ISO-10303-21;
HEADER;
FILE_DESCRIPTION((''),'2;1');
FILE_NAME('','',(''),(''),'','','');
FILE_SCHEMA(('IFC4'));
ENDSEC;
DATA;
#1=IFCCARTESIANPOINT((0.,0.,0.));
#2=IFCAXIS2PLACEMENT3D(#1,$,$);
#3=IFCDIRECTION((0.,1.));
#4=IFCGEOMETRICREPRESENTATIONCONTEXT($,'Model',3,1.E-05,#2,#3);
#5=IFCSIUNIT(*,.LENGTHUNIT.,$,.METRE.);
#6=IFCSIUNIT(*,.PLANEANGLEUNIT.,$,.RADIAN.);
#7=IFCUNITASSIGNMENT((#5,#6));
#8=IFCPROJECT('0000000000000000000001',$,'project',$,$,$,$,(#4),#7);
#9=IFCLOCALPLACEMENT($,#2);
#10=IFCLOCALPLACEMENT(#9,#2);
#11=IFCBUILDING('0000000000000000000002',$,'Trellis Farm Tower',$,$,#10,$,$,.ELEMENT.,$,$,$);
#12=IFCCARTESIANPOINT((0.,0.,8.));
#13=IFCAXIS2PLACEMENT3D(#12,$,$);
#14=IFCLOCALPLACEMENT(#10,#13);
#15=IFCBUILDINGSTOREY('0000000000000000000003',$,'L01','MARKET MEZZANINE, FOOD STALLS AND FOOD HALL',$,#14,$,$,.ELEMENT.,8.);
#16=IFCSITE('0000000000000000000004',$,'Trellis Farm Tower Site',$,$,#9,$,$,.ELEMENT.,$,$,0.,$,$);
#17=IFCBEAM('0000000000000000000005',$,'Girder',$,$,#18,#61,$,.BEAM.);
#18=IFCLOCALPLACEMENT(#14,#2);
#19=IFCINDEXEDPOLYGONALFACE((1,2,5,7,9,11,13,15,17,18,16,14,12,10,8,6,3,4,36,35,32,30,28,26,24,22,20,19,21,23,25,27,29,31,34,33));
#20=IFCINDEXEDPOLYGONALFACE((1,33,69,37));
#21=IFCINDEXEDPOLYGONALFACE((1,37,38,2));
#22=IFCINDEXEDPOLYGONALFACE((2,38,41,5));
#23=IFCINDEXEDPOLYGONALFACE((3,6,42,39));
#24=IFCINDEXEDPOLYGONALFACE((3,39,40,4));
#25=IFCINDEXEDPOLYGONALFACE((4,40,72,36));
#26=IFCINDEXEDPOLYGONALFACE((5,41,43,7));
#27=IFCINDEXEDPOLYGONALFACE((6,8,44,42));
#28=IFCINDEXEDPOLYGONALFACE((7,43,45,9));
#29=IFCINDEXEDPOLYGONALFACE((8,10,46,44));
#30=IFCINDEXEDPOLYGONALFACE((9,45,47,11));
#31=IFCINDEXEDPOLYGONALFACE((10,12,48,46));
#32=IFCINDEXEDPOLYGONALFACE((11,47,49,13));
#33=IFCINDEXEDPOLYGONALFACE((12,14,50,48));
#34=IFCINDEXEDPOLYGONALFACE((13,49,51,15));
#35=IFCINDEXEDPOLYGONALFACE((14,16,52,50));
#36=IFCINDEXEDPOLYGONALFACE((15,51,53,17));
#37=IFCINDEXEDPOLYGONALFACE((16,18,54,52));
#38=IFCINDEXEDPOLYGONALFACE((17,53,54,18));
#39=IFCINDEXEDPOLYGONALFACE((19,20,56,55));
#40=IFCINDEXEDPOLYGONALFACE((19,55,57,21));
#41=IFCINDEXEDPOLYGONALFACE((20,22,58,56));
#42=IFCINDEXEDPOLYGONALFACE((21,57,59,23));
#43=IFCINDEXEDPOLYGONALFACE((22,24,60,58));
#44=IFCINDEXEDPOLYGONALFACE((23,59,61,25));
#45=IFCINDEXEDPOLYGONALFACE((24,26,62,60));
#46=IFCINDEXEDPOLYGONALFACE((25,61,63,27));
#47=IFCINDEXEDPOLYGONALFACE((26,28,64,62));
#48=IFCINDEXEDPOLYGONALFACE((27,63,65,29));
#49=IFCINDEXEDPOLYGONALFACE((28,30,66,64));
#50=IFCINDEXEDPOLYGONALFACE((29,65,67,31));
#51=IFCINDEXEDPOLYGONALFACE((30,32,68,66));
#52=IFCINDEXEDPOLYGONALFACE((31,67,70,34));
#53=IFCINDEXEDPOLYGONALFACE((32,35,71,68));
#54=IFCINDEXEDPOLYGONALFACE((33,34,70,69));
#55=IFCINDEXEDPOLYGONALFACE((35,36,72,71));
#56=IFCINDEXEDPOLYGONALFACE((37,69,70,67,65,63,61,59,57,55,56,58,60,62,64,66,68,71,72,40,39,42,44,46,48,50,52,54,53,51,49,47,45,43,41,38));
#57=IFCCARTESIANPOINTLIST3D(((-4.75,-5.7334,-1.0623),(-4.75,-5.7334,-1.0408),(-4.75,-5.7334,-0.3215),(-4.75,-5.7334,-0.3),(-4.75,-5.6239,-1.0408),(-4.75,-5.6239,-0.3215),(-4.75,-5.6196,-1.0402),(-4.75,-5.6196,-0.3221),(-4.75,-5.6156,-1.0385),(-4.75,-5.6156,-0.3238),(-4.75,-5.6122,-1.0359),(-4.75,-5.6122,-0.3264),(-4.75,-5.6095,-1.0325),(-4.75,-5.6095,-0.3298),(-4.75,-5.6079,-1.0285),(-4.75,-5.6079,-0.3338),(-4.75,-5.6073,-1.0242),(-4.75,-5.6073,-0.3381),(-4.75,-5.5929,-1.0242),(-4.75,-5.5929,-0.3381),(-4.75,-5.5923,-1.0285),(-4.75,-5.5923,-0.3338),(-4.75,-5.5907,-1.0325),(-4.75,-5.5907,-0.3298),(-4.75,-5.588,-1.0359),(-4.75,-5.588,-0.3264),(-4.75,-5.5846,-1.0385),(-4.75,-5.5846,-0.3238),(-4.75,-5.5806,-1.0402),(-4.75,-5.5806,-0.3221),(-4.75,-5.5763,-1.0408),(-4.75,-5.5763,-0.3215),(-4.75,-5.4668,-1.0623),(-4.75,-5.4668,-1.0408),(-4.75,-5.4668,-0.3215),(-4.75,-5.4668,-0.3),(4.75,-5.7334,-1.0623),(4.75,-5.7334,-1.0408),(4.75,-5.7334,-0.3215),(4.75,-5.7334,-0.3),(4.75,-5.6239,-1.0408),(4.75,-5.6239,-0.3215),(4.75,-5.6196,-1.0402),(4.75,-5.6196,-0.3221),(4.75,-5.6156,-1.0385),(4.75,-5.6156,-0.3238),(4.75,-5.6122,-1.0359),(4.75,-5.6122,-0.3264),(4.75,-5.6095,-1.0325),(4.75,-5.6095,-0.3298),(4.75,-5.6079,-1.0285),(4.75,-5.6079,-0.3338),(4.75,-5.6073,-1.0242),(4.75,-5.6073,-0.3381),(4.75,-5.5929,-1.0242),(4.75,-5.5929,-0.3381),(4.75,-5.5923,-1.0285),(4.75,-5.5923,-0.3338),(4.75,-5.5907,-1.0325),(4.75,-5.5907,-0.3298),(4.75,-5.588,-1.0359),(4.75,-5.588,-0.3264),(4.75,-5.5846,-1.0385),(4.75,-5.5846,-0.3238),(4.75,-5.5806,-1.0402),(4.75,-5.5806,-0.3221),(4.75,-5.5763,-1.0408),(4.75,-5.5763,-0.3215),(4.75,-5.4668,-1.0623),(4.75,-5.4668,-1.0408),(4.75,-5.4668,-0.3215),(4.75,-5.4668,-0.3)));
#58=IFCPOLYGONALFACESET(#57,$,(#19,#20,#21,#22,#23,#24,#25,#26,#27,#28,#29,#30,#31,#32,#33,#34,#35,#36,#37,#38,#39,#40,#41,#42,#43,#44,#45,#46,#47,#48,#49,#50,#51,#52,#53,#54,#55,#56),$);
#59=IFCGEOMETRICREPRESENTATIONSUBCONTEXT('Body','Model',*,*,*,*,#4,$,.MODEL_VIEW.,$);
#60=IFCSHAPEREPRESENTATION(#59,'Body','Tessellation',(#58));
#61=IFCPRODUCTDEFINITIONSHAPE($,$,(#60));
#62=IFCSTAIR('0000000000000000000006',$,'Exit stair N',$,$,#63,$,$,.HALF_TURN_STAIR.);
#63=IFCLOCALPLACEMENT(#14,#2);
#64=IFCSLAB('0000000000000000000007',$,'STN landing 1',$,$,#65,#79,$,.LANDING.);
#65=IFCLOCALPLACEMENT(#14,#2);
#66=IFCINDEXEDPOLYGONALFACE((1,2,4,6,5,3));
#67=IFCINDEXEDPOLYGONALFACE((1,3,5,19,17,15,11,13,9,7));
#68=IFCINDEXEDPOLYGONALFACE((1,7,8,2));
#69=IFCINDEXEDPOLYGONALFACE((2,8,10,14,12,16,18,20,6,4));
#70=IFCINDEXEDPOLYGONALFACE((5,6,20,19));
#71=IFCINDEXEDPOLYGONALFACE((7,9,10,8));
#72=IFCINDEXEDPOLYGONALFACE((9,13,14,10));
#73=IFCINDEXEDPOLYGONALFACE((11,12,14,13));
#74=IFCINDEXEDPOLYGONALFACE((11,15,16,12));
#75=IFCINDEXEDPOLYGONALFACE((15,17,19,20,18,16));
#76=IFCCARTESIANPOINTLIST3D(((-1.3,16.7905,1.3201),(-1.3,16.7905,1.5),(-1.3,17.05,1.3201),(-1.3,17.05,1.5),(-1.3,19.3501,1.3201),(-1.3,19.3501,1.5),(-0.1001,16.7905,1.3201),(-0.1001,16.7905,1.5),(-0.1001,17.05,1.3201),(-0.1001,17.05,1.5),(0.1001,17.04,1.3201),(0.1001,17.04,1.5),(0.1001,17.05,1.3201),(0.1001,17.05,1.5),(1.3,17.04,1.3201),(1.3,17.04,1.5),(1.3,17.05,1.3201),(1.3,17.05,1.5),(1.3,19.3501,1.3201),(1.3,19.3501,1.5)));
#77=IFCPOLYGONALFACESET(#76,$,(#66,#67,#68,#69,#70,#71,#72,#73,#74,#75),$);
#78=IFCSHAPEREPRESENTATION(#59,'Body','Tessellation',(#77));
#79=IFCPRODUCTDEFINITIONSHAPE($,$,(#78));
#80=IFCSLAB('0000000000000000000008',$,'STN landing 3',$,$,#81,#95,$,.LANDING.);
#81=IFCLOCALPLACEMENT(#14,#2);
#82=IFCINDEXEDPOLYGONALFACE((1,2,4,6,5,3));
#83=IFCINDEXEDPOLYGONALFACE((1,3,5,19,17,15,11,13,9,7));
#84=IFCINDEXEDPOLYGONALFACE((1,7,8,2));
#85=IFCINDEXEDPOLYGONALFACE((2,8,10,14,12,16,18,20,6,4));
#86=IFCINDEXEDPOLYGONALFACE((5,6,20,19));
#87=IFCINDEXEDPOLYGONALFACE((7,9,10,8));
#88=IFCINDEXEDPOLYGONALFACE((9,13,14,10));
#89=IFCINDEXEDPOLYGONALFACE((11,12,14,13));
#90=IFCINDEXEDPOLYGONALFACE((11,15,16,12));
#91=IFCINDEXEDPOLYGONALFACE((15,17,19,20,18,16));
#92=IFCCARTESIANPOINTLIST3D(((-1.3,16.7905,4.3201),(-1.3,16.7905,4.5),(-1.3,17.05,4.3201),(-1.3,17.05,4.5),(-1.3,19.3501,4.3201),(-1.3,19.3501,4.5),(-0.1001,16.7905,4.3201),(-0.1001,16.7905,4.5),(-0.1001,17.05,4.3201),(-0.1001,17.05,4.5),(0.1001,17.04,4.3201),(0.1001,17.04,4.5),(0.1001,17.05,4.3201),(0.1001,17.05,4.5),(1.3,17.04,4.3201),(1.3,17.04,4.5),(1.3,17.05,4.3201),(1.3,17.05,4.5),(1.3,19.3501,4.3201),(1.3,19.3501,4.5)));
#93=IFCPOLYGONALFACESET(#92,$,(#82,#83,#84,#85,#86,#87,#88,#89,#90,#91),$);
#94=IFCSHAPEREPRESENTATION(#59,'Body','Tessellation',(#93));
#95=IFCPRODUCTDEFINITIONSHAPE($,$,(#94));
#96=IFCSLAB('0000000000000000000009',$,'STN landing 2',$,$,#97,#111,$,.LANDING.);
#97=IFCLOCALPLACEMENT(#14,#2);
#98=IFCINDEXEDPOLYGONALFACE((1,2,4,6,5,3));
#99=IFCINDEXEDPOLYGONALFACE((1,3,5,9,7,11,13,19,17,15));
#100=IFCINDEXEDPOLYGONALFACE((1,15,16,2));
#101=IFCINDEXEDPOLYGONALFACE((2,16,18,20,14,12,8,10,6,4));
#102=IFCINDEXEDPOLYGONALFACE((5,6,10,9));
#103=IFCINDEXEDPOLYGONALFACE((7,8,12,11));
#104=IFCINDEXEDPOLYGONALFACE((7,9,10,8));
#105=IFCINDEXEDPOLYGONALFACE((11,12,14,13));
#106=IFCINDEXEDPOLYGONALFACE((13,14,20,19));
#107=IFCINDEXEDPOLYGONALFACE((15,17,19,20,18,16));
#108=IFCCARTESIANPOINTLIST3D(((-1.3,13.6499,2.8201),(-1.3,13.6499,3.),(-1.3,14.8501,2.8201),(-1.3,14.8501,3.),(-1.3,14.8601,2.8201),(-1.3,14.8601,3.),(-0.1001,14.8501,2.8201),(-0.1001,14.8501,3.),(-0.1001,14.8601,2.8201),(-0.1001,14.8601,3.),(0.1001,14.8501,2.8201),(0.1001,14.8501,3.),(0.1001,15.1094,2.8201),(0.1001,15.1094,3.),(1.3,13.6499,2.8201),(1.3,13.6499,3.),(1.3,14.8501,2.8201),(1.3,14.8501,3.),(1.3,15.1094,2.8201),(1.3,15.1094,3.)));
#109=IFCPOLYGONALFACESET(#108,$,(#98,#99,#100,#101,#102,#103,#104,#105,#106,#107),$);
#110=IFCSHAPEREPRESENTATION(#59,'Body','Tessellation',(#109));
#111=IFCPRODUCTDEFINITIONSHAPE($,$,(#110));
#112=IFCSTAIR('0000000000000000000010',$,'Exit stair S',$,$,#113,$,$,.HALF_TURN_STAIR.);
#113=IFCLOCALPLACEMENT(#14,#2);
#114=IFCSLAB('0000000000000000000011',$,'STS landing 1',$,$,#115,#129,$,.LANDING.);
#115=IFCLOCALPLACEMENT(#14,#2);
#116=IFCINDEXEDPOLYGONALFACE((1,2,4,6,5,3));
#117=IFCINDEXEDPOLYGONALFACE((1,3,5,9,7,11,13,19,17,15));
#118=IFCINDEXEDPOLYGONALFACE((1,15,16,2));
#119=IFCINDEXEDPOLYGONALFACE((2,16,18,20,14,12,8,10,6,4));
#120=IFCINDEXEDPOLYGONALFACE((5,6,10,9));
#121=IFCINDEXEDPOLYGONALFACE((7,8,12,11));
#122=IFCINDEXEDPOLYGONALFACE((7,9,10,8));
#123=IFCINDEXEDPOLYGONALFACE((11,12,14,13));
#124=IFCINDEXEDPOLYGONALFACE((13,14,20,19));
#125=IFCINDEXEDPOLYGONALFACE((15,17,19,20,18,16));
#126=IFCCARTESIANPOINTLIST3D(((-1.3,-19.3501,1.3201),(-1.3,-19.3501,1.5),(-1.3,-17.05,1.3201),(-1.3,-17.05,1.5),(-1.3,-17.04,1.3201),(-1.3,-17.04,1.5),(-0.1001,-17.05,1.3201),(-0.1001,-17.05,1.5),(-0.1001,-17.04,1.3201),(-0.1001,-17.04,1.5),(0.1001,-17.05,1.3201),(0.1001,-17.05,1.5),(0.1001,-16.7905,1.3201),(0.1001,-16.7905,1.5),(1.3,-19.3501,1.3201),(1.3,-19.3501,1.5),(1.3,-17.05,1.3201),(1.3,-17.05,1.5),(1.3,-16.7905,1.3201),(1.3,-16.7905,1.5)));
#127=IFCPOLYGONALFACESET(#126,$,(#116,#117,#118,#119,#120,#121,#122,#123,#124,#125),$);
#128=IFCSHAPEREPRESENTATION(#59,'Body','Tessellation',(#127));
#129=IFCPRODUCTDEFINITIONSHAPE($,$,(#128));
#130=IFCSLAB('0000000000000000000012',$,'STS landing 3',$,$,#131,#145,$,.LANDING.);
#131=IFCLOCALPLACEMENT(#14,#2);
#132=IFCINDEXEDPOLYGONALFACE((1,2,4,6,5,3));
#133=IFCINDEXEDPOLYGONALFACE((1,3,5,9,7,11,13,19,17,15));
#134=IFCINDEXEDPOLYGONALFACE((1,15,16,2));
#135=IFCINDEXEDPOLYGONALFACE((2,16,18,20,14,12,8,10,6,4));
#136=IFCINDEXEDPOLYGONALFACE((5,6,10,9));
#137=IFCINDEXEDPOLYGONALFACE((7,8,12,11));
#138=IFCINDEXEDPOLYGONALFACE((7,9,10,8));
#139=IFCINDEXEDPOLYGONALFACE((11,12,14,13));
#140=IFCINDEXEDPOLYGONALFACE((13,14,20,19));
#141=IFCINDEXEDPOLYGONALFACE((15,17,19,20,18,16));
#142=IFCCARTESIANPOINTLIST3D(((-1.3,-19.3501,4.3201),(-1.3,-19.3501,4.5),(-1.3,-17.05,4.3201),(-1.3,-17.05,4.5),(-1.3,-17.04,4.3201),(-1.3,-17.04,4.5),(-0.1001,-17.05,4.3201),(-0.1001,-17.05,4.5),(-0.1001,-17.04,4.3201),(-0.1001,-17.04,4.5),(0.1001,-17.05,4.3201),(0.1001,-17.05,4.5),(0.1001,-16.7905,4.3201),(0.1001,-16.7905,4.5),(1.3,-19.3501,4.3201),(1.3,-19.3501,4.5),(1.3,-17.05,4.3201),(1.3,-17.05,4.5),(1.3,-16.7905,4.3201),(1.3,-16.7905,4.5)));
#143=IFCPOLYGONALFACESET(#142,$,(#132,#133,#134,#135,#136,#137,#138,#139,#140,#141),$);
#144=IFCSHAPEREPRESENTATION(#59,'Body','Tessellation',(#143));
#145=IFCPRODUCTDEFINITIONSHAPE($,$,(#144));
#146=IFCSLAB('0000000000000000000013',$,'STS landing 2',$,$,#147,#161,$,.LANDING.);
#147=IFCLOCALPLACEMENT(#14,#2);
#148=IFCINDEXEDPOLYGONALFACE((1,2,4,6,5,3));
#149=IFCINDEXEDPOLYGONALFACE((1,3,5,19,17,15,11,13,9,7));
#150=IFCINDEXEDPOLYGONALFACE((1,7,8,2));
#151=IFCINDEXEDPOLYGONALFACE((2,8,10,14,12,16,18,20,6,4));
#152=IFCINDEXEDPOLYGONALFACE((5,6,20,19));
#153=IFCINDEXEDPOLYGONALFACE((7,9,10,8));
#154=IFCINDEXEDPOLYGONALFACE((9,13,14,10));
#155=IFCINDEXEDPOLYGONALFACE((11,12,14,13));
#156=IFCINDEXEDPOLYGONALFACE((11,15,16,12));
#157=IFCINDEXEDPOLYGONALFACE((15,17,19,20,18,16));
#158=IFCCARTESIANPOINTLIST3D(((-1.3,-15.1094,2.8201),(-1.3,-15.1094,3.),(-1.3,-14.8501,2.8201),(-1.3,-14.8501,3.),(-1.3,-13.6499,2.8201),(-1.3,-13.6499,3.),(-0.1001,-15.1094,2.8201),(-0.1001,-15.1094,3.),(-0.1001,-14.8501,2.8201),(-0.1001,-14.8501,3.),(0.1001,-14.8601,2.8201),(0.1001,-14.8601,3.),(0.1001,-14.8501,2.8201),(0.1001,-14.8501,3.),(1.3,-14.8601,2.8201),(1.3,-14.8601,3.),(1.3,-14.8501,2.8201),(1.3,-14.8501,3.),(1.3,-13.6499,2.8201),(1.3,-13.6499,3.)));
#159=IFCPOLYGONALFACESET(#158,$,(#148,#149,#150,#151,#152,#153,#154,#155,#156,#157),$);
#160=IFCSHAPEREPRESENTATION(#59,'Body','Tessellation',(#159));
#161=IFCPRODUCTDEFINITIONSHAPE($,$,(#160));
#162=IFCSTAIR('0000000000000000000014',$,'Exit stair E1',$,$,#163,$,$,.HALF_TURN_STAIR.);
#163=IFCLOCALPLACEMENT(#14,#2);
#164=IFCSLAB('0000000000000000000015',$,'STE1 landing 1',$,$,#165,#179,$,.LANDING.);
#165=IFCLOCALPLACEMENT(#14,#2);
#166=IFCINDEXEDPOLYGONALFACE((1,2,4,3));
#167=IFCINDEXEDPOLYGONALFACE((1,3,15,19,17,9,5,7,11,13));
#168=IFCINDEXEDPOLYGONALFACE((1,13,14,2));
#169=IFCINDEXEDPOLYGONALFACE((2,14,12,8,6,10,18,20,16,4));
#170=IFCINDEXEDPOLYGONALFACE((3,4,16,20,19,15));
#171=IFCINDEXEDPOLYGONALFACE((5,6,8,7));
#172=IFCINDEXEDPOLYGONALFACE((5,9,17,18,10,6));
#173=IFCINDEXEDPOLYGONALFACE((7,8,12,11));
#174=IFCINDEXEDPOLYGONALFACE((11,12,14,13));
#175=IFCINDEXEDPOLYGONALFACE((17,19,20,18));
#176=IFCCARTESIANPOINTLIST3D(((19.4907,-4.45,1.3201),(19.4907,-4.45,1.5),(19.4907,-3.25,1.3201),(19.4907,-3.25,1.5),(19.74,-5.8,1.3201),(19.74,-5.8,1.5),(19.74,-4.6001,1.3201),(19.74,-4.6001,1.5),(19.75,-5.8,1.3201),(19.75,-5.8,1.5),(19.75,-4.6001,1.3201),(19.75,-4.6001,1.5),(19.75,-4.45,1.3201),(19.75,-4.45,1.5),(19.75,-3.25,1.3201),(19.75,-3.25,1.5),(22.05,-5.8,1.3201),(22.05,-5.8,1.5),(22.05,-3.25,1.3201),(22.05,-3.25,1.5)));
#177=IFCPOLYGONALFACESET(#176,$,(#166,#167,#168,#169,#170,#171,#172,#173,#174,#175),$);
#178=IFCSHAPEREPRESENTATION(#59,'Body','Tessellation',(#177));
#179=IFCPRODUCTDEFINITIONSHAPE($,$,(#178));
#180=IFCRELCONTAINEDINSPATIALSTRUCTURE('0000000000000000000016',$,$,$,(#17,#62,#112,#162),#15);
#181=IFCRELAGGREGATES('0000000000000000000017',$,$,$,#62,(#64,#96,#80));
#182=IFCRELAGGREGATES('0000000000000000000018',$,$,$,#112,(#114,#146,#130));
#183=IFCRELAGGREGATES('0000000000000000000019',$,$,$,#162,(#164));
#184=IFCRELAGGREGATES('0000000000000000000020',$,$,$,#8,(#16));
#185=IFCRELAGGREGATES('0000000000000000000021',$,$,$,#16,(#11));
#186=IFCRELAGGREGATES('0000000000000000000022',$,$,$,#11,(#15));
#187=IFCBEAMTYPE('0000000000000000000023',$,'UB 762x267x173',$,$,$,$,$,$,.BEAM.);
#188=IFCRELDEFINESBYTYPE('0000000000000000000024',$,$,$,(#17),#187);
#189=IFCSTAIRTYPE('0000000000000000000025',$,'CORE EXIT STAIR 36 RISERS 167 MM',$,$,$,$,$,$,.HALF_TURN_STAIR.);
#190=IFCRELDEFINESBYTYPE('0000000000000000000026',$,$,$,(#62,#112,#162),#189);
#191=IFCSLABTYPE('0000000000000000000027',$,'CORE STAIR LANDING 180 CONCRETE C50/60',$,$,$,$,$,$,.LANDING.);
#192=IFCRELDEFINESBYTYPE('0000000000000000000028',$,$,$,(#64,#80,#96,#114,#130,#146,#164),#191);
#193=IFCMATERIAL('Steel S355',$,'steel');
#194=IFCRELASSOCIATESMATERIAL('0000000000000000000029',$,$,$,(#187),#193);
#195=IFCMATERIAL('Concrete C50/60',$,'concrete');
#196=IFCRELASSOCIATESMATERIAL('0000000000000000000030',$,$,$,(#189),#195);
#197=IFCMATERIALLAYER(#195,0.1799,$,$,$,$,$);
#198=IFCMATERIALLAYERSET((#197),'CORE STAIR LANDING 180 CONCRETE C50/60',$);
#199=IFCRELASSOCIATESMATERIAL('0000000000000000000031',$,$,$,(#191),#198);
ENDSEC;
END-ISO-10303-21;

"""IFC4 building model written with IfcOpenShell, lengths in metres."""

from ifc_helpers import new_model, si_unit, direction, frame, origin, origin_2d, place, context, subcontext, project, spatial, polyline, i_section, outline, extrude, source, transform, mapped, material, layer, layer_set, material_profile, profile_set, type_object, element, aggregate, save


model = new_model("IFC4")

# Units and contexts
model_context = context("Model", 3, precision=1e-05, world=origin(), true_north=direction((0.0, 1.0)))
body_context = subcontext(model_context, "Body", "Model", "MODEL_VIEW")
ifc_project = project(units=[si_unit("LENGTHUNIT", "METRE"), si_unit("PLANEANGLEUNIT", "RADIAN")], contexts=[model_context])

# Site, building, storey
site_placement = place(None, origin())
site = spatial("IfcSite", under=ifc_project, at=site_placement, Name="Trellis Farm Tower Site", CompositionType="ELEMENT", RefElevation=0.0)
building_placement = place(site_placement, origin())
building = spatial("IfcBuilding", under=site, at=building_placement, Name="Trellis Farm Tower", CompositionType="ELEMENT")
storey_placement = place(building_placement, frame((0.0, 0.0, 8.0)))
storey = spatial("IfcBuildingStorey", under=building, at=storey_placement, Name="L01", Description="MARKET MEZZANINE, FOOD STALLS AND FOOD HALL", CompositionType="ELEMENT", Elevation=8.0)

# Beam
ifc_material_1 = material(Name="Steel S355", Category="steel")
ifc_material_profile = material_profile(ifc_material_1, i_section(OverallWidth=0.2666, OverallDepth=0.7622, WebThickness=0.0144, FlangeThickness=0.0215, FilletRadius=0.0166, at=origin_2d()), Name="UB 762x267x173")
ifc_profile_set = profile_set([ifc_material_profile], Name="Steel S355")
beam_type = type_object("IfcBeamType", Name="UB 762x267x173", PredefinedType="BEAM", material=ifc_profile_set)
shared_shape_1 = source(origin(), body_context, "Body", "SweptSolid", [
    extrude(i_section(OverallWidth=0.2666, OverallDepth=0.7622, WebThickness=0.0144, FlangeThickness=0.0215, FilletRadius=0.0166, at=origin_2d()), origin(), (0.0, 0.0, 1.0), 9.5),
])
beam_placement = place(storey_placement, frame((-4.75, -5.6001, -0.6812), z_axis=(1.0, 0.0, 0.0), x_axis=(0.0, 1.0, 0.0)))
element("IfcBeam", 1, at=beam_placement, inside=storey, type_object=beam_type, Name="Girder", PredefinedType="BEAM", context=body_context, shape_type="MappedRepresentation", body=[
    mapped(shared_shape_1, transform((0.0, 0.0, 0.0))),
])

# Stairs, slabs
ifc_material_2 = material(Name="Concrete C50/60", Category="concrete")
stair_type = type_object("IfcStairType", Name="CORE EXIT STAIR 36 RISERS 167 MM", PredefinedType="HALF_TURN_STAIR", material=ifc_material_2)
placement_1 = place(storey_placement, origin())
stair_1 = element("IfcStair", 2, at=placement_1, inside=storey, type_object=stair_type, Name="Exit stair N", PredefinedType="HALF_TURN_STAIR")
ifc_layer_1 = layer(ifc_material_2, 0.1799)
ifc_layer_set_1 = layer_set([ifc_layer_1], Name="CORE STAIR LANDING 180 CONCRETE C50/60")
slab_type_1 = type_object("IfcSlabType", Name="CORE STAIR LANDING 180 CONCRETE C50/60", PredefinedType="LANDING", material=ifc_layer_set_1)
shared_shape_2 = source(origin(), body_context, "Body", "SweptSolid", [
    extrude(outline(polyline([(-0.1001, 16.7905), (-1.3, 16.7905), (-1.3, 17.05), (-1.3, 19.3501), (1.3, 19.3501), (1.3, 17.05), (1.3, 17.04), (0.1001, 17.04), (0.1001, 17.05), (-0.1001, 17.05), (-0.1001, 16.7905)])), origin(), (0.0, 0.0, 1.0), 0.1799),
])
placement_2 = place(storey_placement, frame((0.0, 0.0, 1.3201)))
slab_1 = element("IfcSlab", 3, at=placement_2, type_object=slab_type_1, Name="STN landing 1", PredefinedType="LANDING", context=body_context, shape_type="MappedRepresentation", body=[
    mapped(shared_shape_2, transform((0.0, 0.0, 0.0))),
])
placement_3 = place(storey_placement, frame((0.0, 0.0, 4.3201)))
slab_2 = element("IfcSlab", 4, at=placement_3, type_object=slab_type_1, Name="STN landing 3", PredefinedType="LANDING", context=body_context, shape_type="MappedRepresentation", body=[
    mapped(shared_shape_2, transform((0.0, 0.0, 0.0))),
])
shared_shape_3 = source(origin(), body_context, "Body", "SweptSolid", [
    extrude(outline(polyline([(1.3, 13.6499), (-1.3, 13.6499), (-1.3, 14.8501), (-1.3, 14.8601), (-0.1001, 14.8601), (-0.1001, 14.8501), (0.1001, 14.8501), (0.1001, 15.1094), (1.3, 15.1094), (1.3, 14.8501), (1.3, 13.6499)])), origin(), (0.0, 0.0, 1.0), 0.1799),
])
placement_4 = place(storey_placement, frame((0.0, 0.0, 2.8201)))
slab_3 = element("IfcSlab", 5, at=placement_4, type_object=slab_type_1, Name="STN landing 2", PredefinedType="LANDING", context=body_context, shape_type="MappedRepresentation", body=[
    mapped(shared_shape_3, transform((0.0, 0.0, 0.0))),
])
aggregate(stair_1, [slab_1, slab_3, slab_2])
stair_2 = element("IfcStair", 6, at=placement_1, inside=storey, type_object=stair_type, Name="Exit stair S", PredefinedType="HALF_TURN_STAIR")
shared_shape_4 = source(origin(), body_context, "Body", "SweptSolid", [
    extrude(outline(polyline([(1.3, -19.3501), (-1.3, -19.3501), (-1.3, -17.05), (-1.3, -17.04), (-0.1001, -17.04), (-0.1001, -17.05), (0.1001, -17.05), (0.1001, -16.7905), (1.3, -16.7905), (1.3, -17.05), (1.3, -19.3501)])), origin(), (0.0, 0.0, 1.0), 0.1799),
])
slab_4 = element("IfcSlab", 7, at=placement_2, type_object=slab_type_1, Name="STS landing 1", PredefinedType="LANDING", context=body_context, shape_type="MappedRepresentation", body=[
    mapped(shared_shape_4, transform((0.0, 0.0, 0.0))),
])
slab_5 = element("IfcSlab", 8, at=placement_3, type_object=slab_type_1, Name="STS landing 3", PredefinedType="LANDING", context=body_context, shape_type="MappedRepresentation", body=[
    mapped(shared_shape_4, transform((0.0, 0.0, 0.0))),
])
shared_shape_5 = source(origin(), body_context, "Body", "SweptSolid", [
    extrude(outline(polyline([(-0.1001, -15.1094), (-1.3, -15.1094), (-1.3, -14.8501), (-1.3, -13.6499), (1.3, -13.6499), (1.3, -14.8501), (1.3, -14.8601), (0.1001, -14.8601), (0.1001, -14.8501), (-0.1001, -14.8501), (-0.1001, -15.1094)])), origin(), (0.0, 0.0, 1.0), 0.1799),
])
slab_6 = element("IfcSlab", 9, at=placement_4, type_object=slab_type_1, Name="STS landing 2", PredefinedType="LANDING", context=body_context, shape_type="MappedRepresentation", body=[
    mapped(shared_shape_5, transform((0.0, 0.0, 0.0))),
])
aggregate(stair_2, [slab_4, slab_6, slab_5])
stair_3 = element("IfcStair", 10, at=placement_1, inside=storey, type_object=stair_type, Name="Exit stair E1", PredefinedType="HALF_TURN_STAIR")
shared_shape_6 = source(origin(), body_context, "Body", "SweptSolid", [
    extrude(outline(polyline([(19.74, -5.8), (19.74, -4.6001), (19.75, -4.6001), (19.75, -4.45), (19.4907, -4.45), (19.4907, -3.25), (19.75, -3.25), (22.05, -3.25), (22.05, -5.8), (19.75, -5.8), (19.74, -5.8)])), origin(), (0.0, 0.0, 1.0), 0.1799),
])
slab_7 = element("IfcSlab", 11, at=placement_2, type_object=slab_type_1, Name="STE1 landing 1", PredefinedType="LANDING", context=body_context, shape_type="MappedRepresentation", body=[
    mapped(shared_shape_6, transform((0.0, 0.0, 0.0))),
])
aggregate(stair_3, [slab_7])

save(model, "model.ifc")
